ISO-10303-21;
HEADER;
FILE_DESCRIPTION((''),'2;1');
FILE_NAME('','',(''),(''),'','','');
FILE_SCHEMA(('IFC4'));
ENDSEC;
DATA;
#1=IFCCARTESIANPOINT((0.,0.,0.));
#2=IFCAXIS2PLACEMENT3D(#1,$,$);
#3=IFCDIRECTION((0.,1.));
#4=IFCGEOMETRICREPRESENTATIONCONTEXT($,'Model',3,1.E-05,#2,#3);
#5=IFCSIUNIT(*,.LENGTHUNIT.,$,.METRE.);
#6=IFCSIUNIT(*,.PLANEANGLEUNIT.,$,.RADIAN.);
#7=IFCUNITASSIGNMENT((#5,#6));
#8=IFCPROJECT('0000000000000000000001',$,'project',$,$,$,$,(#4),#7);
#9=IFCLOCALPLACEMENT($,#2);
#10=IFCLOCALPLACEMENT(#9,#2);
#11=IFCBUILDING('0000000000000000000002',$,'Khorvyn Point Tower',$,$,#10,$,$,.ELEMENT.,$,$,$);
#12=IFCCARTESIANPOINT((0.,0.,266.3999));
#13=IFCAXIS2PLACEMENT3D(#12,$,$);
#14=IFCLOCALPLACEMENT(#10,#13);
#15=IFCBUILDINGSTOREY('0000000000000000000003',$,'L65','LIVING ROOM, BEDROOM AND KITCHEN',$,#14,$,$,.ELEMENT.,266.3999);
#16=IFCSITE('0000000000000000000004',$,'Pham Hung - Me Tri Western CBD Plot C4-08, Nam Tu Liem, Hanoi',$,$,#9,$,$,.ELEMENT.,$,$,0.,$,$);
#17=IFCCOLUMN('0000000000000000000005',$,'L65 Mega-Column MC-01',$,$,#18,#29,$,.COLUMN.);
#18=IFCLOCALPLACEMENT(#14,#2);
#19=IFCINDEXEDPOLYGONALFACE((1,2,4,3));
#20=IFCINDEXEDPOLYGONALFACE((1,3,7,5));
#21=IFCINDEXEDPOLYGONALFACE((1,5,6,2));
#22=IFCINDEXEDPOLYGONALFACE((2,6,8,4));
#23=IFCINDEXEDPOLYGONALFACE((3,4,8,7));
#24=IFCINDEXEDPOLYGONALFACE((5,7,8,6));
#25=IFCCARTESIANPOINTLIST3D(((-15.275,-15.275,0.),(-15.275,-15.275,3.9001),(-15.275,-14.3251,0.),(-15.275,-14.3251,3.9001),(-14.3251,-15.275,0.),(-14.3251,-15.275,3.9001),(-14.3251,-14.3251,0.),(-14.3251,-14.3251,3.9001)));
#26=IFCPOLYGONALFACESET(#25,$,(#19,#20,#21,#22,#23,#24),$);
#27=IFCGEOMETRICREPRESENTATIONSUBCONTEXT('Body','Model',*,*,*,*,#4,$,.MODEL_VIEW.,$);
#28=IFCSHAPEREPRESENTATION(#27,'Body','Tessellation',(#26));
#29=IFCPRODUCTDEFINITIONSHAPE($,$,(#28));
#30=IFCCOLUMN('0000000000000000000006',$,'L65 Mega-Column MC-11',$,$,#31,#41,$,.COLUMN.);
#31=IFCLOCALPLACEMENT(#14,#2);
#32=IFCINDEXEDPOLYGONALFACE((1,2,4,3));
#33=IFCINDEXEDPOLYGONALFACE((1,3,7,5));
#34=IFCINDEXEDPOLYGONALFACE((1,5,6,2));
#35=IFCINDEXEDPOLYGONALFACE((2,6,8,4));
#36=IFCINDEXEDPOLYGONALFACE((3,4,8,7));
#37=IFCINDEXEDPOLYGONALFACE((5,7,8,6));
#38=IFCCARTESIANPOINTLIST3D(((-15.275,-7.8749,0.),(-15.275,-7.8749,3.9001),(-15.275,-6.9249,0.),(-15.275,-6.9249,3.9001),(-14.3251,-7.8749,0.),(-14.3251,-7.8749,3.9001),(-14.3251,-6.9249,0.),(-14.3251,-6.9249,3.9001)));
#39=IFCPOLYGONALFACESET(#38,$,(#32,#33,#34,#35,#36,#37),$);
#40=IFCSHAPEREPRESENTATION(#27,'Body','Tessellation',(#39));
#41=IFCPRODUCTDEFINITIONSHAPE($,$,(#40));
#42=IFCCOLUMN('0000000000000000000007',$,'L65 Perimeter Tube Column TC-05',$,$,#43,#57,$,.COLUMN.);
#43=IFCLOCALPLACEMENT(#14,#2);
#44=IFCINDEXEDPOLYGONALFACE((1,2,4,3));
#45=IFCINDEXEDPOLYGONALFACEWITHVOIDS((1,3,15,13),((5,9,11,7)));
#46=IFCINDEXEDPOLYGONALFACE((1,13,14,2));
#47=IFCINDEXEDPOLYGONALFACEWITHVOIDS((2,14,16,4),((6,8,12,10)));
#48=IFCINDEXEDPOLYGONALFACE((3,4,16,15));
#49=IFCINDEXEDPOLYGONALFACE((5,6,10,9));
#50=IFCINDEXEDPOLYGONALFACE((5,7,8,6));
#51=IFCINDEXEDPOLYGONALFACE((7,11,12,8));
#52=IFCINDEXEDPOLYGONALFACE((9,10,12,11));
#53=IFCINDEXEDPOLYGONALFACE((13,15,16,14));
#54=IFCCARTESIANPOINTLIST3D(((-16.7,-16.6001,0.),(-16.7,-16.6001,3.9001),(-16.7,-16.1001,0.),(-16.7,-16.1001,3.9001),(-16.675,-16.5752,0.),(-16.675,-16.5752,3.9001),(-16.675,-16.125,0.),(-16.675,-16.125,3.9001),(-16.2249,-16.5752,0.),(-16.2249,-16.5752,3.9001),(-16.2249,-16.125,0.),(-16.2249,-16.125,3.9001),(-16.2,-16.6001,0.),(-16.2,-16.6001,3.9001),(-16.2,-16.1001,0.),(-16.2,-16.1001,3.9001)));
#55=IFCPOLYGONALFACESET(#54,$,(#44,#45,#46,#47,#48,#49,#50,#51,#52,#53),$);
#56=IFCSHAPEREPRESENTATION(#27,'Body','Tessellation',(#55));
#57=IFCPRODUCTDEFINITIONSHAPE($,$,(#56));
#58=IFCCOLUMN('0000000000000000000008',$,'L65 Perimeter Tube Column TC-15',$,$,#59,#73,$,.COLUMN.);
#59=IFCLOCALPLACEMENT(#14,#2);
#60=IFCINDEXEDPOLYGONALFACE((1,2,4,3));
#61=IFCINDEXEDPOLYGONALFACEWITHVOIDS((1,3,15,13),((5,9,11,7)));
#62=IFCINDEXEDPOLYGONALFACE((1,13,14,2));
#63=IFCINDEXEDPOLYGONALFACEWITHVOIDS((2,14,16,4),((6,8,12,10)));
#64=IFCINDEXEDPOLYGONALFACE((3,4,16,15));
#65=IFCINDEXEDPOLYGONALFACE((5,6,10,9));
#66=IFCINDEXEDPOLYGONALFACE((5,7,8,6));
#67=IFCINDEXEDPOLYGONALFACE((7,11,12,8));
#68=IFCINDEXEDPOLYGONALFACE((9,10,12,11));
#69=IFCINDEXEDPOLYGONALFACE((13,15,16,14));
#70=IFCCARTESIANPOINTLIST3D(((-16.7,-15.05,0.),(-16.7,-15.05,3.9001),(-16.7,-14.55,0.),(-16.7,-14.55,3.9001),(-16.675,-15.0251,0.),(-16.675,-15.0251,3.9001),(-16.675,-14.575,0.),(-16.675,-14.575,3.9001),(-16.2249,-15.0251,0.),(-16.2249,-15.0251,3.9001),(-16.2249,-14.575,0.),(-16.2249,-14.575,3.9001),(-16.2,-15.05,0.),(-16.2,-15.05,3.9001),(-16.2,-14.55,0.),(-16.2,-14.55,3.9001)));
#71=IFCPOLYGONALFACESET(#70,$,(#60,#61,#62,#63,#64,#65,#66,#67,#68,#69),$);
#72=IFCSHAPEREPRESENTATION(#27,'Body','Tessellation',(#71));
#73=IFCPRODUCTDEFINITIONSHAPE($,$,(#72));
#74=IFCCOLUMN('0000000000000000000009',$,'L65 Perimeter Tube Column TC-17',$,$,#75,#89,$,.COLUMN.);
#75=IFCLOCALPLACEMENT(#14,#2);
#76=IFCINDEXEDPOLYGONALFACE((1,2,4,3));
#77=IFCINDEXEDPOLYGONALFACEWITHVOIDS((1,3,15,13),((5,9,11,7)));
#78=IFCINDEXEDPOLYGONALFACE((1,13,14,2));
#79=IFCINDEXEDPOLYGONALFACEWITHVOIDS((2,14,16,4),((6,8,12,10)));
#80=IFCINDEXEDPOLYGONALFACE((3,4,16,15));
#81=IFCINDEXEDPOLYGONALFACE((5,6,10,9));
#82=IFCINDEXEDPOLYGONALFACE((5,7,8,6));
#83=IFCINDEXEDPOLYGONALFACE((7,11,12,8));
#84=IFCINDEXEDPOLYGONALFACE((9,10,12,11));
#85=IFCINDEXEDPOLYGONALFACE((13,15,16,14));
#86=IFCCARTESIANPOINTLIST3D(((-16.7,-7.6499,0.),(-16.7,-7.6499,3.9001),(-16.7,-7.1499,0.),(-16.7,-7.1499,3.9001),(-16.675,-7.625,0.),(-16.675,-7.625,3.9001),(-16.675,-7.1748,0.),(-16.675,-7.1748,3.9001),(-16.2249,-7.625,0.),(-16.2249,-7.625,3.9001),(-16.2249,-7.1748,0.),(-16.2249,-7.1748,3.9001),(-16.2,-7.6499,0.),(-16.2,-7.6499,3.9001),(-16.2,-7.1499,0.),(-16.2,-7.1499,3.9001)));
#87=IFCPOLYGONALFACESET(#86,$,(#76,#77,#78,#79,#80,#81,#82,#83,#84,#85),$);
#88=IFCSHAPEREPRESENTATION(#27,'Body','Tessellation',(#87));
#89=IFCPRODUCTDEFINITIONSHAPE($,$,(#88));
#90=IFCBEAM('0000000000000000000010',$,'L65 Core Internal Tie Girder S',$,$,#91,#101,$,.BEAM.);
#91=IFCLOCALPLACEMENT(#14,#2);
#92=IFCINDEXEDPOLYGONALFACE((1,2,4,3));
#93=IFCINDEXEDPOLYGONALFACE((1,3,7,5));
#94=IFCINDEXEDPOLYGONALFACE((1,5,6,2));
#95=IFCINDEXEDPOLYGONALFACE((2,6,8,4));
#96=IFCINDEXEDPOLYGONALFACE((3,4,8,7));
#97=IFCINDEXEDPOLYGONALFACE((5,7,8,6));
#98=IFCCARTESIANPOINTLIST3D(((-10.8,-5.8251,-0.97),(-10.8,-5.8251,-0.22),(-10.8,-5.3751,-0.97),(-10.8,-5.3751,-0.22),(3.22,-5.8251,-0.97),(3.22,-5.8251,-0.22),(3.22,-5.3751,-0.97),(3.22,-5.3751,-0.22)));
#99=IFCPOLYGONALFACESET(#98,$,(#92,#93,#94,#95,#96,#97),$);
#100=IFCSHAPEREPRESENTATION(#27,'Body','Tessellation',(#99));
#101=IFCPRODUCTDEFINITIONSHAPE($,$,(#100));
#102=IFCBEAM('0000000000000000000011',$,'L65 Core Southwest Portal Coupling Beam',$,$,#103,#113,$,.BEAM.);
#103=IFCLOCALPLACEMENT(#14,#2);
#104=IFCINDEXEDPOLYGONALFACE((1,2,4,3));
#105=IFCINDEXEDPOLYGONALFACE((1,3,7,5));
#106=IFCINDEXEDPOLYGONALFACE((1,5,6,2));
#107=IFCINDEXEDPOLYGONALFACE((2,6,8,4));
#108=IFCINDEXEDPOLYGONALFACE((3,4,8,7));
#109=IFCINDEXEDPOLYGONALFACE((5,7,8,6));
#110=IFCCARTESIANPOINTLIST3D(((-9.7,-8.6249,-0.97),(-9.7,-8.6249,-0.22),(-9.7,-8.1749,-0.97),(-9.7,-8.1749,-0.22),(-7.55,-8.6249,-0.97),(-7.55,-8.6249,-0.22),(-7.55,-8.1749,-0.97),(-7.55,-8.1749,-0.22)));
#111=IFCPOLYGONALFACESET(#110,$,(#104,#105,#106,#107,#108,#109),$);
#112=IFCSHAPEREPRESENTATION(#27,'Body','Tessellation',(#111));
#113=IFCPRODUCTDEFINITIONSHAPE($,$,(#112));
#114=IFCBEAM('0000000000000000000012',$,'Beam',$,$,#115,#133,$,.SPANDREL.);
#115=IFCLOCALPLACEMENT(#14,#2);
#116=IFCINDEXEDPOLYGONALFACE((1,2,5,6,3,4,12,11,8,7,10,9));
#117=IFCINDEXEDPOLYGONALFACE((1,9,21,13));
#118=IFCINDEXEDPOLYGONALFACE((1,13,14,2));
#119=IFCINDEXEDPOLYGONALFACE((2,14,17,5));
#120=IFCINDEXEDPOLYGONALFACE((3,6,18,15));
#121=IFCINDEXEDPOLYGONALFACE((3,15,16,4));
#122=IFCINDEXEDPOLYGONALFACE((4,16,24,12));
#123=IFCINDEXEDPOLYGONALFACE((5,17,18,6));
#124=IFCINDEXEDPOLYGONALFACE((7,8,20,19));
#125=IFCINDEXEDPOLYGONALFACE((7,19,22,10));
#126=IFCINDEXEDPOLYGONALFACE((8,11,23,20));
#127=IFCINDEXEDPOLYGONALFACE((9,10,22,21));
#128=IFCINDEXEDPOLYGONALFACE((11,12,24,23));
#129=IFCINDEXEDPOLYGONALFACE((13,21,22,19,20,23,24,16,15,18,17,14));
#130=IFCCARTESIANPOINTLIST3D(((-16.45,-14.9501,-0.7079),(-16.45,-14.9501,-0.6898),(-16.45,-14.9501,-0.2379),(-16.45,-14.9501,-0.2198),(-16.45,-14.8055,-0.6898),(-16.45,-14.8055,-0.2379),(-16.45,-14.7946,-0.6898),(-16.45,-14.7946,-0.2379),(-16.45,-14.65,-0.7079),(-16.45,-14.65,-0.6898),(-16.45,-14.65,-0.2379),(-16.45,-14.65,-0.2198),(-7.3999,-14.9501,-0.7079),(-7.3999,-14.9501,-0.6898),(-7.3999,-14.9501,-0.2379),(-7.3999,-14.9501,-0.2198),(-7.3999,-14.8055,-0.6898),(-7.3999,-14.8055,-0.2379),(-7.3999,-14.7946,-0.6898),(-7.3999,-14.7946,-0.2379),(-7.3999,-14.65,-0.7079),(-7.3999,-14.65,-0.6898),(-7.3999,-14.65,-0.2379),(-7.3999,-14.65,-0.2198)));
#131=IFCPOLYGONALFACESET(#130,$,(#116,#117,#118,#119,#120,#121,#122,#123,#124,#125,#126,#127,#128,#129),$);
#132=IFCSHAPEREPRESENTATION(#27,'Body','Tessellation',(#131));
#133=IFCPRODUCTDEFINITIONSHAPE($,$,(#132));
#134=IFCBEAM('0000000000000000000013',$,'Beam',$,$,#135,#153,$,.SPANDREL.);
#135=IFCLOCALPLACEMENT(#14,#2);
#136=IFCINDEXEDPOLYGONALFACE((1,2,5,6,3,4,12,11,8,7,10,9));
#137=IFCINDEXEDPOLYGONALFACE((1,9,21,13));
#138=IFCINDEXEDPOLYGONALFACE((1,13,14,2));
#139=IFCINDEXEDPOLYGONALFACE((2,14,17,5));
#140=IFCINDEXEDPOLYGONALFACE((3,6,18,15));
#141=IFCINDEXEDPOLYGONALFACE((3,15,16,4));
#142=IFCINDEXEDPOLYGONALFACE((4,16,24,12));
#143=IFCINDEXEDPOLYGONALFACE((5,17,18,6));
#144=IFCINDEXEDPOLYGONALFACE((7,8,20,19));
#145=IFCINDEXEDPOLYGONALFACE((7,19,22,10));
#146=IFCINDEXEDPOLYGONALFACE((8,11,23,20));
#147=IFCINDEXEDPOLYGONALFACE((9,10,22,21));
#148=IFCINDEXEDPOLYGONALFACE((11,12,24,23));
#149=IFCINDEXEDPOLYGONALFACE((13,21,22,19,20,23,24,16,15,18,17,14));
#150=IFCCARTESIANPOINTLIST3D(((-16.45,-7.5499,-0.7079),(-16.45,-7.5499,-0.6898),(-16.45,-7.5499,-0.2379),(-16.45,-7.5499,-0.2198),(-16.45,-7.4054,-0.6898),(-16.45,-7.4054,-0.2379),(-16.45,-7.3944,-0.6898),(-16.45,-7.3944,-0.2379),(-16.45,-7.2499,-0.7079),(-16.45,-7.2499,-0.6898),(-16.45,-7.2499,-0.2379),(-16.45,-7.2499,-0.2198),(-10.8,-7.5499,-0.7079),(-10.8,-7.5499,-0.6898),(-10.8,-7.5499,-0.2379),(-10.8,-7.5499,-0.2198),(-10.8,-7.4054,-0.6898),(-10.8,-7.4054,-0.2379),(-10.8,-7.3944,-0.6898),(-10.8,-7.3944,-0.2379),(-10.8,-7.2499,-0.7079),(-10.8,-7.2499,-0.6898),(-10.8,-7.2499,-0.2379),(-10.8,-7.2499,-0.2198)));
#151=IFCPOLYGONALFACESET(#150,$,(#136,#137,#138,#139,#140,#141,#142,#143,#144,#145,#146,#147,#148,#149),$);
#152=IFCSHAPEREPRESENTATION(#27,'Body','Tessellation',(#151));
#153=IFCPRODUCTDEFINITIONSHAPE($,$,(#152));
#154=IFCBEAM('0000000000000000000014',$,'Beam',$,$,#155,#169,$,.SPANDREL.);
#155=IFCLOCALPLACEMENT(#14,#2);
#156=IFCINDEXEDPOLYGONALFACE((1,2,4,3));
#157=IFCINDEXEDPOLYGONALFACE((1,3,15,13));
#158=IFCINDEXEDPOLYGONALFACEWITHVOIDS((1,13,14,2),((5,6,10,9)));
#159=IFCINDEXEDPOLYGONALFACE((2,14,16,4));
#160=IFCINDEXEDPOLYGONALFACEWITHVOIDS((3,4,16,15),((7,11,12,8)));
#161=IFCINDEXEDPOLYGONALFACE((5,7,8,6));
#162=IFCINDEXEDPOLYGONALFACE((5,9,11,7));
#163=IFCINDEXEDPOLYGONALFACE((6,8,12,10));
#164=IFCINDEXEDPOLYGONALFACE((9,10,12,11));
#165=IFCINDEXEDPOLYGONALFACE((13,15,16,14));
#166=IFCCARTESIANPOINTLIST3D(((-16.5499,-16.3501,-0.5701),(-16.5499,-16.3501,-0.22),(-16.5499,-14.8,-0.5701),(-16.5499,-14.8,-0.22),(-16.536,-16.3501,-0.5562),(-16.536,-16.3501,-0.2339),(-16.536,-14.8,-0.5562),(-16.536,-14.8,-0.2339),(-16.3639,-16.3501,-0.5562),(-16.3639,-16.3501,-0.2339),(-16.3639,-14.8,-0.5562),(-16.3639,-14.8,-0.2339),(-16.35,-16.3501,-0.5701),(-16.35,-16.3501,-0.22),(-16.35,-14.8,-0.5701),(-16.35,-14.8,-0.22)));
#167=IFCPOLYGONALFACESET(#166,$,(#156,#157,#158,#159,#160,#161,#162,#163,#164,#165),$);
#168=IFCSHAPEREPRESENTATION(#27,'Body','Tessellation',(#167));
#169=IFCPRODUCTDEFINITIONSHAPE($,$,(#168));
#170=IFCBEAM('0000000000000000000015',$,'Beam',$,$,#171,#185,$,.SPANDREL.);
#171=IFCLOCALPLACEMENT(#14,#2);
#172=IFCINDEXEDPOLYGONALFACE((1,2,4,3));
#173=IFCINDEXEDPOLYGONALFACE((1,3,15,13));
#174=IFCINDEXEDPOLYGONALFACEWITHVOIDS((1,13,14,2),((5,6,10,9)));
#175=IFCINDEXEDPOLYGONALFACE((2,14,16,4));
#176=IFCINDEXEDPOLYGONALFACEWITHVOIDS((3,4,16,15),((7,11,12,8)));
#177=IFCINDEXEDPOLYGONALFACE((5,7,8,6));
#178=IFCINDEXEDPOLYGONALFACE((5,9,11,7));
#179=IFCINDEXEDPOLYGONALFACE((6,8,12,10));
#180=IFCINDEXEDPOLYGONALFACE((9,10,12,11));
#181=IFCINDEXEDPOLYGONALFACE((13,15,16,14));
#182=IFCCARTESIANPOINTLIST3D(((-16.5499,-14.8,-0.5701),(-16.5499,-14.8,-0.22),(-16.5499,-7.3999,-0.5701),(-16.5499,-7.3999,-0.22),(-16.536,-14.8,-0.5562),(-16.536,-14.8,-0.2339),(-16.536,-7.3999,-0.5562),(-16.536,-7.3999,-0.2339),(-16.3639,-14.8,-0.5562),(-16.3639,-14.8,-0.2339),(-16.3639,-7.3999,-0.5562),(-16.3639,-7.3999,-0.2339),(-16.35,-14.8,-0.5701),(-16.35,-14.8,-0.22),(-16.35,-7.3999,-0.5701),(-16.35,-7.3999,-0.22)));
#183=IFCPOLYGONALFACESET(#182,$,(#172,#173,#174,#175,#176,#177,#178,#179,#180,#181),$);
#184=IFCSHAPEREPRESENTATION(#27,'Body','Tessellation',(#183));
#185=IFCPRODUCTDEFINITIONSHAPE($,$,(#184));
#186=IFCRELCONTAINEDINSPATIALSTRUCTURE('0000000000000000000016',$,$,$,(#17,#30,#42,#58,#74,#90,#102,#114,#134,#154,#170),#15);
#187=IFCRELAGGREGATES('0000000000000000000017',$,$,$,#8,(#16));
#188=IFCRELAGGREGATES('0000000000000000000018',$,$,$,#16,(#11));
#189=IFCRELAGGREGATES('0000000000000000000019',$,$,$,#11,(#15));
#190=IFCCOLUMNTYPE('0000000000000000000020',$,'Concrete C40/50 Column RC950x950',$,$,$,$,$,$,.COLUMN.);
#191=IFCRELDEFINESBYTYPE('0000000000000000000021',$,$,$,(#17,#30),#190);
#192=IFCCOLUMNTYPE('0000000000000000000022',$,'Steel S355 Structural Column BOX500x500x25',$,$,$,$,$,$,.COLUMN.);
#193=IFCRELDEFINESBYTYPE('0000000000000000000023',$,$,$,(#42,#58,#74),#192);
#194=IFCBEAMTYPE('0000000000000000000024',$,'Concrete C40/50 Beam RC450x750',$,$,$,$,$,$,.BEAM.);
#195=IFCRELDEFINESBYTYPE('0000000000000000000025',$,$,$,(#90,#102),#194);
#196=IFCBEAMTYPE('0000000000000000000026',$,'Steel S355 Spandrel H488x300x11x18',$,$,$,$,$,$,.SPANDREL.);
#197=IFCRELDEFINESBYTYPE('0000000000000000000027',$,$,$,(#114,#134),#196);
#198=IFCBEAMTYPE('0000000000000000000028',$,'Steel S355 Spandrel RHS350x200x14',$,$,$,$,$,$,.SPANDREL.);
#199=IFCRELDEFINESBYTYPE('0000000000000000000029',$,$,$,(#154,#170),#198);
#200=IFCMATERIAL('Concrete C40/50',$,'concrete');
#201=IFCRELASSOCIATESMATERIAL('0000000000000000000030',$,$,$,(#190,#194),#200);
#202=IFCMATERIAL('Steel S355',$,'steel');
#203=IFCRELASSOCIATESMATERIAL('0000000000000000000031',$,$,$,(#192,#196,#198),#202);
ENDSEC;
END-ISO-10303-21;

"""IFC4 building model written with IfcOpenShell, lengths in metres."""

from ifc_helpers import new_model, si_unit, direction, frame, origin, origin_2d, place, context, subcontext, project, spatial, rectangle, hollow_rectangle, i_section, extrude, material, material_profile, profile_set, type_object, element, save


model = new_model("IFC4")

# Units and contexts
model_context = context("Model", 3, precision=1e-05, world=origin(), true_north=direction((0.0, 1.0)))
body_context = subcontext(model_context, "Body", "Model", "MODEL_VIEW")
ifc_project = project(units=[si_unit("LENGTHUNIT", "METRE"), si_unit("PLANEANGLEUNIT", "RADIAN")], contexts=[model_context])

# Site, building, storey
site_placement = place(None, origin())
site = spatial("IfcSite", under=ifc_project, at=site_placement, Name="Pham Hung - Me Tri Western CBD Plot C4-08, Nam Tu Liem, Hanoi", CompositionType="ELEMENT", RefElevation=0.0)
building_placement = place(site_placement, origin())
building = spatial("IfcBuilding", under=site, at=building_placement, Name="Khorvyn Point Tower", CompositionType="ELEMENT")
storey_placement = place(building_placement, frame((0.0, 0.0, 266.3999)))
storey = spatial("IfcBuildingStorey", under=building, at=storey_placement, Name="L65", Description="LIVING ROOM, BEDROOM AND KITCHEN", CompositionType="ELEMENT", Elevation=266.3999)

# Columns
ifc_material_1 = material(Name="Concrete C40/50", Category="concrete")
ifc_material_profile_1 = material_profile(ifc_material_1, rectangle(XDim=0.95, YDim=0.95, at=origin_2d()))
ifc_profile_set_1 = profile_set([ifc_material_profile_1], Name="Concrete C40/50 RC950x950")
column_type_1 = type_object("IfcColumnType", Name="Concrete C40/50 Column RC950x950", PredefinedType="COLUMN", material=ifc_profile_set_1)
for number, where, z_axis, x_axis, name in (
    (1, (-14.8, -14.8, 0.0), (0.0, 0.0, 1.0), (1.0, 0.0, 0.0), "L65 Mega-Column MC-01"),
    (2, (-14.8, -7.3999, 0.0), (0.0, 0.0, 1.0), (1.0, 0.0, 0.0), "L65 Mega-Column MC-11"),
):
    element("IfcColumn", number, at=place(storey_placement, frame(where, z_axis=z_axis, x_axis=x_axis)), inside=storey, type_object=column_type_1, Name=name, PredefinedType="COLUMN", context=body_context, shape_type="SweptSolid", body=[
        extrude(rectangle(XDim=0.95, YDim=0.95, at=origin_2d()), origin(), (0.0, 0.0, 1.0), 3.9001),
    ])
ifc_material_2 = material(Name="Steel S355", Category="steel")
ifc_material_profile_2 = material_profile(ifc_material_2, hollow_rectangle(XDim=0.5, YDim=0.5, WallThickness=0.0249, at=origin_2d()))
ifc_profile_set_2 = profile_set([ifc_material_profile_2], Name="Steel S355 BOX500x500x25")
column_type_2 = type_object("IfcColumnType", Name="Steel S355 Structural Column BOX500x500x25", PredefinedType="COLUMN", material=ifc_profile_set_2)
for number, where, z_axis, x_axis, name in (
    (3, (-16.45, -16.3501, 0.0), (0.0, 0.0, 1.0), (1.0, 0.0, 0.0), "L65 Perimeter Tube Column TC-05"),
    (4, (-16.45, -14.8, 0.0), (0.0, 0.0, 1.0), (1.0, 0.0, 0.0), "L65 Perimeter Tube Column TC-15"),
    (5, (-16.45, -7.3999, 0.0), (0.0, 0.0, 1.0), (1.0, 0.0, 0.0), "L65 Perimeter Tube Column TC-17"),
):
    element("IfcColumn", number, at=place(storey_placement, frame(where, z_axis=z_axis, x_axis=x_axis)), inside=storey, type_object=column_type_2, Name=name, PredefinedType="COLUMN", context=body_context, shape_type="SweptSolid", body=[
        extrude(hollow_rectangle(XDim=0.5, YDim=0.5, WallThickness=0.0249, at=origin_2d()), origin(), (0.0, 0.0, 1.0), 3.9001),
    ])

# Beams
ifc_material_profile_3 = material_profile(ifc_material_1, rectangle(XDim=0.45, YDim=0.75, at=origin_2d()))
ifc_profile_set_3 = profile_set([ifc_material_profile_3], Name="Concrete C40/50 RC450x750")
beam_type_1 = type_object("IfcBeamType", Name="Concrete C40/50 Beam RC450x750", PredefinedType="BEAM", material=ifc_profile_set_3)
beam_1_placement = place(storey_placement, frame((-10.8, -5.6001, -0.595), z_axis=(1.0, 0.0, 0.0), x_axis=(0.0, 1.0, 0.0)))
element("IfcBeam", 6, at=beam_1_placement, inside=storey, type_object=beam_type_1, Name="L65 Core Internal Tie Girder S", PredefinedType="BEAM", context=body_context, shape_type="SweptSolid", body=[
    extrude(rectangle(XDim=0.45, YDim=0.75, at=origin_2d()), origin(), (0.0, 0.0, 1.0), 14.02),
])
beam_2_placement = place(storey_placement, frame((-9.7, -8.3999, -0.595), z_axis=(1.0, 0.0, 0.0), x_axis=(0.0, 1.0, 0.0)))
element("IfcBeam", 7, at=beam_2_placement, inside=storey, type_object=beam_type_1, Name="L65 Core Southwest Portal Coupling Beam", PredefinedType="BEAM", context=body_context, shape_type="SweptSolid", body=[
    extrude(rectangle(XDim=0.45, YDim=0.75, at=origin_2d()), origin(), (0.0, 0.0, 1.0), 2.1499),
])
ifc_material_profile_4 = material_profile(ifc_material_2, i_section(OverallWidth=0.3, OverallDepth=0.488, WebThickness=0.011, FlangeThickness=0.0181, at=origin_2d()))
ifc_profile_set_4 = profile_set([ifc_material_profile_4], Name="Steel S355 H488x300x11x18")
beam_type_2 = type_object("IfcBeamType", Name="Steel S355 Spandrel H488x300x11x18", PredefinedType="SPANDREL", material=ifc_profile_set_4)
beam_3_placement = place(storey_placement, frame((-16.45, -14.8, -0.4639), z_axis=(1.0, 0.0, 0.0), x_axis=(0.0, 1.0, 0.0)))
element("IfcBeam", 8, at=beam_3_placement, inside=storey, type_object=beam_type_2, Name="Beam", PredefinedType="SPANDREL", context=body_context, shape_type="SweptSolid", body=[
    extrude(i_section(OverallWidth=0.3, OverallDepth=0.488, WebThickness=0.011, FlangeThickness=0.0181, at=origin_2d()), origin(), (0.0, 0.0, 1.0), 9.05),
])
beam_4_placement = place(storey_placement, frame((-16.45, -7.3999, -0.4639), z_axis=(1.0, 0.0, 0.0), x_axis=(0.0, 1.0, 0.0)))
element("IfcBeam", 9, at=beam_4_placement, inside=storey, type_object=beam_type_2, Name="Beam", PredefinedType="SPANDREL", context=body_context, shape_type="SweptSolid", body=[
    extrude(i_section(OverallWidth=0.3, OverallDepth=0.488, WebThickness=0.011, FlangeThickness=0.0181, at=origin_2d()), origin(), (0.0, 0.0, 1.0), 5.6499),
])
ifc_material_profile_5 = material_profile(ifc_material_2, hollow_rectangle(XDim=0.2, YDim=0.3501, WallThickness=0.0139, at=origin_2d()))
ifc_profile_set_5 = profile_set([ifc_material_profile_5], Name="Steel S355 RHS350x200x14")
beam_type_3 = type_object("IfcBeamType", Name="Steel S355 Spandrel RHS350x200x14", PredefinedType="SPANDREL", material=ifc_profile_set_5)
beam_5_placement = place(storey_placement, frame((-16.45, -16.3501, -0.395), z_axis=(0.0, 1.0, 0.0), x_axis=(-1.0, 0.0, 0.0)))
element("IfcBeam", 10, at=beam_5_placement, inside=storey, type_object=beam_type_3, Name="Beam", PredefinedType="SPANDREL", context=body_context, shape_type="SweptSolid", body=[
    extrude(hollow_rectangle(XDim=0.2, YDim=0.3501, WallThickness=0.0139, at=origin_2d()), origin(), (0.0, 0.0, 1.0), 1.55),
])
beam_6_placement = place(storey_placement, frame((-16.45, -14.8, -0.395), z_axis=(0.0, 1.0, 0.0), x_axis=(-1.0, 0.0, 0.0)))
element("IfcBeam", 11, at=beam_6_placement, inside=storey, type_object=beam_type_3, Name="Beam", PredefinedType="SPANDREL", context=body_context, shape_type="SweptSolid", body=[
    extrude(hollow_rectangle(XDim=0.2, YDim=0.3501, WallThickness=0.0139, at=origin_2d()), origin(), (0.0, 0.0, 1.0), 7.4001),
])

save(model, "model.ifc")
